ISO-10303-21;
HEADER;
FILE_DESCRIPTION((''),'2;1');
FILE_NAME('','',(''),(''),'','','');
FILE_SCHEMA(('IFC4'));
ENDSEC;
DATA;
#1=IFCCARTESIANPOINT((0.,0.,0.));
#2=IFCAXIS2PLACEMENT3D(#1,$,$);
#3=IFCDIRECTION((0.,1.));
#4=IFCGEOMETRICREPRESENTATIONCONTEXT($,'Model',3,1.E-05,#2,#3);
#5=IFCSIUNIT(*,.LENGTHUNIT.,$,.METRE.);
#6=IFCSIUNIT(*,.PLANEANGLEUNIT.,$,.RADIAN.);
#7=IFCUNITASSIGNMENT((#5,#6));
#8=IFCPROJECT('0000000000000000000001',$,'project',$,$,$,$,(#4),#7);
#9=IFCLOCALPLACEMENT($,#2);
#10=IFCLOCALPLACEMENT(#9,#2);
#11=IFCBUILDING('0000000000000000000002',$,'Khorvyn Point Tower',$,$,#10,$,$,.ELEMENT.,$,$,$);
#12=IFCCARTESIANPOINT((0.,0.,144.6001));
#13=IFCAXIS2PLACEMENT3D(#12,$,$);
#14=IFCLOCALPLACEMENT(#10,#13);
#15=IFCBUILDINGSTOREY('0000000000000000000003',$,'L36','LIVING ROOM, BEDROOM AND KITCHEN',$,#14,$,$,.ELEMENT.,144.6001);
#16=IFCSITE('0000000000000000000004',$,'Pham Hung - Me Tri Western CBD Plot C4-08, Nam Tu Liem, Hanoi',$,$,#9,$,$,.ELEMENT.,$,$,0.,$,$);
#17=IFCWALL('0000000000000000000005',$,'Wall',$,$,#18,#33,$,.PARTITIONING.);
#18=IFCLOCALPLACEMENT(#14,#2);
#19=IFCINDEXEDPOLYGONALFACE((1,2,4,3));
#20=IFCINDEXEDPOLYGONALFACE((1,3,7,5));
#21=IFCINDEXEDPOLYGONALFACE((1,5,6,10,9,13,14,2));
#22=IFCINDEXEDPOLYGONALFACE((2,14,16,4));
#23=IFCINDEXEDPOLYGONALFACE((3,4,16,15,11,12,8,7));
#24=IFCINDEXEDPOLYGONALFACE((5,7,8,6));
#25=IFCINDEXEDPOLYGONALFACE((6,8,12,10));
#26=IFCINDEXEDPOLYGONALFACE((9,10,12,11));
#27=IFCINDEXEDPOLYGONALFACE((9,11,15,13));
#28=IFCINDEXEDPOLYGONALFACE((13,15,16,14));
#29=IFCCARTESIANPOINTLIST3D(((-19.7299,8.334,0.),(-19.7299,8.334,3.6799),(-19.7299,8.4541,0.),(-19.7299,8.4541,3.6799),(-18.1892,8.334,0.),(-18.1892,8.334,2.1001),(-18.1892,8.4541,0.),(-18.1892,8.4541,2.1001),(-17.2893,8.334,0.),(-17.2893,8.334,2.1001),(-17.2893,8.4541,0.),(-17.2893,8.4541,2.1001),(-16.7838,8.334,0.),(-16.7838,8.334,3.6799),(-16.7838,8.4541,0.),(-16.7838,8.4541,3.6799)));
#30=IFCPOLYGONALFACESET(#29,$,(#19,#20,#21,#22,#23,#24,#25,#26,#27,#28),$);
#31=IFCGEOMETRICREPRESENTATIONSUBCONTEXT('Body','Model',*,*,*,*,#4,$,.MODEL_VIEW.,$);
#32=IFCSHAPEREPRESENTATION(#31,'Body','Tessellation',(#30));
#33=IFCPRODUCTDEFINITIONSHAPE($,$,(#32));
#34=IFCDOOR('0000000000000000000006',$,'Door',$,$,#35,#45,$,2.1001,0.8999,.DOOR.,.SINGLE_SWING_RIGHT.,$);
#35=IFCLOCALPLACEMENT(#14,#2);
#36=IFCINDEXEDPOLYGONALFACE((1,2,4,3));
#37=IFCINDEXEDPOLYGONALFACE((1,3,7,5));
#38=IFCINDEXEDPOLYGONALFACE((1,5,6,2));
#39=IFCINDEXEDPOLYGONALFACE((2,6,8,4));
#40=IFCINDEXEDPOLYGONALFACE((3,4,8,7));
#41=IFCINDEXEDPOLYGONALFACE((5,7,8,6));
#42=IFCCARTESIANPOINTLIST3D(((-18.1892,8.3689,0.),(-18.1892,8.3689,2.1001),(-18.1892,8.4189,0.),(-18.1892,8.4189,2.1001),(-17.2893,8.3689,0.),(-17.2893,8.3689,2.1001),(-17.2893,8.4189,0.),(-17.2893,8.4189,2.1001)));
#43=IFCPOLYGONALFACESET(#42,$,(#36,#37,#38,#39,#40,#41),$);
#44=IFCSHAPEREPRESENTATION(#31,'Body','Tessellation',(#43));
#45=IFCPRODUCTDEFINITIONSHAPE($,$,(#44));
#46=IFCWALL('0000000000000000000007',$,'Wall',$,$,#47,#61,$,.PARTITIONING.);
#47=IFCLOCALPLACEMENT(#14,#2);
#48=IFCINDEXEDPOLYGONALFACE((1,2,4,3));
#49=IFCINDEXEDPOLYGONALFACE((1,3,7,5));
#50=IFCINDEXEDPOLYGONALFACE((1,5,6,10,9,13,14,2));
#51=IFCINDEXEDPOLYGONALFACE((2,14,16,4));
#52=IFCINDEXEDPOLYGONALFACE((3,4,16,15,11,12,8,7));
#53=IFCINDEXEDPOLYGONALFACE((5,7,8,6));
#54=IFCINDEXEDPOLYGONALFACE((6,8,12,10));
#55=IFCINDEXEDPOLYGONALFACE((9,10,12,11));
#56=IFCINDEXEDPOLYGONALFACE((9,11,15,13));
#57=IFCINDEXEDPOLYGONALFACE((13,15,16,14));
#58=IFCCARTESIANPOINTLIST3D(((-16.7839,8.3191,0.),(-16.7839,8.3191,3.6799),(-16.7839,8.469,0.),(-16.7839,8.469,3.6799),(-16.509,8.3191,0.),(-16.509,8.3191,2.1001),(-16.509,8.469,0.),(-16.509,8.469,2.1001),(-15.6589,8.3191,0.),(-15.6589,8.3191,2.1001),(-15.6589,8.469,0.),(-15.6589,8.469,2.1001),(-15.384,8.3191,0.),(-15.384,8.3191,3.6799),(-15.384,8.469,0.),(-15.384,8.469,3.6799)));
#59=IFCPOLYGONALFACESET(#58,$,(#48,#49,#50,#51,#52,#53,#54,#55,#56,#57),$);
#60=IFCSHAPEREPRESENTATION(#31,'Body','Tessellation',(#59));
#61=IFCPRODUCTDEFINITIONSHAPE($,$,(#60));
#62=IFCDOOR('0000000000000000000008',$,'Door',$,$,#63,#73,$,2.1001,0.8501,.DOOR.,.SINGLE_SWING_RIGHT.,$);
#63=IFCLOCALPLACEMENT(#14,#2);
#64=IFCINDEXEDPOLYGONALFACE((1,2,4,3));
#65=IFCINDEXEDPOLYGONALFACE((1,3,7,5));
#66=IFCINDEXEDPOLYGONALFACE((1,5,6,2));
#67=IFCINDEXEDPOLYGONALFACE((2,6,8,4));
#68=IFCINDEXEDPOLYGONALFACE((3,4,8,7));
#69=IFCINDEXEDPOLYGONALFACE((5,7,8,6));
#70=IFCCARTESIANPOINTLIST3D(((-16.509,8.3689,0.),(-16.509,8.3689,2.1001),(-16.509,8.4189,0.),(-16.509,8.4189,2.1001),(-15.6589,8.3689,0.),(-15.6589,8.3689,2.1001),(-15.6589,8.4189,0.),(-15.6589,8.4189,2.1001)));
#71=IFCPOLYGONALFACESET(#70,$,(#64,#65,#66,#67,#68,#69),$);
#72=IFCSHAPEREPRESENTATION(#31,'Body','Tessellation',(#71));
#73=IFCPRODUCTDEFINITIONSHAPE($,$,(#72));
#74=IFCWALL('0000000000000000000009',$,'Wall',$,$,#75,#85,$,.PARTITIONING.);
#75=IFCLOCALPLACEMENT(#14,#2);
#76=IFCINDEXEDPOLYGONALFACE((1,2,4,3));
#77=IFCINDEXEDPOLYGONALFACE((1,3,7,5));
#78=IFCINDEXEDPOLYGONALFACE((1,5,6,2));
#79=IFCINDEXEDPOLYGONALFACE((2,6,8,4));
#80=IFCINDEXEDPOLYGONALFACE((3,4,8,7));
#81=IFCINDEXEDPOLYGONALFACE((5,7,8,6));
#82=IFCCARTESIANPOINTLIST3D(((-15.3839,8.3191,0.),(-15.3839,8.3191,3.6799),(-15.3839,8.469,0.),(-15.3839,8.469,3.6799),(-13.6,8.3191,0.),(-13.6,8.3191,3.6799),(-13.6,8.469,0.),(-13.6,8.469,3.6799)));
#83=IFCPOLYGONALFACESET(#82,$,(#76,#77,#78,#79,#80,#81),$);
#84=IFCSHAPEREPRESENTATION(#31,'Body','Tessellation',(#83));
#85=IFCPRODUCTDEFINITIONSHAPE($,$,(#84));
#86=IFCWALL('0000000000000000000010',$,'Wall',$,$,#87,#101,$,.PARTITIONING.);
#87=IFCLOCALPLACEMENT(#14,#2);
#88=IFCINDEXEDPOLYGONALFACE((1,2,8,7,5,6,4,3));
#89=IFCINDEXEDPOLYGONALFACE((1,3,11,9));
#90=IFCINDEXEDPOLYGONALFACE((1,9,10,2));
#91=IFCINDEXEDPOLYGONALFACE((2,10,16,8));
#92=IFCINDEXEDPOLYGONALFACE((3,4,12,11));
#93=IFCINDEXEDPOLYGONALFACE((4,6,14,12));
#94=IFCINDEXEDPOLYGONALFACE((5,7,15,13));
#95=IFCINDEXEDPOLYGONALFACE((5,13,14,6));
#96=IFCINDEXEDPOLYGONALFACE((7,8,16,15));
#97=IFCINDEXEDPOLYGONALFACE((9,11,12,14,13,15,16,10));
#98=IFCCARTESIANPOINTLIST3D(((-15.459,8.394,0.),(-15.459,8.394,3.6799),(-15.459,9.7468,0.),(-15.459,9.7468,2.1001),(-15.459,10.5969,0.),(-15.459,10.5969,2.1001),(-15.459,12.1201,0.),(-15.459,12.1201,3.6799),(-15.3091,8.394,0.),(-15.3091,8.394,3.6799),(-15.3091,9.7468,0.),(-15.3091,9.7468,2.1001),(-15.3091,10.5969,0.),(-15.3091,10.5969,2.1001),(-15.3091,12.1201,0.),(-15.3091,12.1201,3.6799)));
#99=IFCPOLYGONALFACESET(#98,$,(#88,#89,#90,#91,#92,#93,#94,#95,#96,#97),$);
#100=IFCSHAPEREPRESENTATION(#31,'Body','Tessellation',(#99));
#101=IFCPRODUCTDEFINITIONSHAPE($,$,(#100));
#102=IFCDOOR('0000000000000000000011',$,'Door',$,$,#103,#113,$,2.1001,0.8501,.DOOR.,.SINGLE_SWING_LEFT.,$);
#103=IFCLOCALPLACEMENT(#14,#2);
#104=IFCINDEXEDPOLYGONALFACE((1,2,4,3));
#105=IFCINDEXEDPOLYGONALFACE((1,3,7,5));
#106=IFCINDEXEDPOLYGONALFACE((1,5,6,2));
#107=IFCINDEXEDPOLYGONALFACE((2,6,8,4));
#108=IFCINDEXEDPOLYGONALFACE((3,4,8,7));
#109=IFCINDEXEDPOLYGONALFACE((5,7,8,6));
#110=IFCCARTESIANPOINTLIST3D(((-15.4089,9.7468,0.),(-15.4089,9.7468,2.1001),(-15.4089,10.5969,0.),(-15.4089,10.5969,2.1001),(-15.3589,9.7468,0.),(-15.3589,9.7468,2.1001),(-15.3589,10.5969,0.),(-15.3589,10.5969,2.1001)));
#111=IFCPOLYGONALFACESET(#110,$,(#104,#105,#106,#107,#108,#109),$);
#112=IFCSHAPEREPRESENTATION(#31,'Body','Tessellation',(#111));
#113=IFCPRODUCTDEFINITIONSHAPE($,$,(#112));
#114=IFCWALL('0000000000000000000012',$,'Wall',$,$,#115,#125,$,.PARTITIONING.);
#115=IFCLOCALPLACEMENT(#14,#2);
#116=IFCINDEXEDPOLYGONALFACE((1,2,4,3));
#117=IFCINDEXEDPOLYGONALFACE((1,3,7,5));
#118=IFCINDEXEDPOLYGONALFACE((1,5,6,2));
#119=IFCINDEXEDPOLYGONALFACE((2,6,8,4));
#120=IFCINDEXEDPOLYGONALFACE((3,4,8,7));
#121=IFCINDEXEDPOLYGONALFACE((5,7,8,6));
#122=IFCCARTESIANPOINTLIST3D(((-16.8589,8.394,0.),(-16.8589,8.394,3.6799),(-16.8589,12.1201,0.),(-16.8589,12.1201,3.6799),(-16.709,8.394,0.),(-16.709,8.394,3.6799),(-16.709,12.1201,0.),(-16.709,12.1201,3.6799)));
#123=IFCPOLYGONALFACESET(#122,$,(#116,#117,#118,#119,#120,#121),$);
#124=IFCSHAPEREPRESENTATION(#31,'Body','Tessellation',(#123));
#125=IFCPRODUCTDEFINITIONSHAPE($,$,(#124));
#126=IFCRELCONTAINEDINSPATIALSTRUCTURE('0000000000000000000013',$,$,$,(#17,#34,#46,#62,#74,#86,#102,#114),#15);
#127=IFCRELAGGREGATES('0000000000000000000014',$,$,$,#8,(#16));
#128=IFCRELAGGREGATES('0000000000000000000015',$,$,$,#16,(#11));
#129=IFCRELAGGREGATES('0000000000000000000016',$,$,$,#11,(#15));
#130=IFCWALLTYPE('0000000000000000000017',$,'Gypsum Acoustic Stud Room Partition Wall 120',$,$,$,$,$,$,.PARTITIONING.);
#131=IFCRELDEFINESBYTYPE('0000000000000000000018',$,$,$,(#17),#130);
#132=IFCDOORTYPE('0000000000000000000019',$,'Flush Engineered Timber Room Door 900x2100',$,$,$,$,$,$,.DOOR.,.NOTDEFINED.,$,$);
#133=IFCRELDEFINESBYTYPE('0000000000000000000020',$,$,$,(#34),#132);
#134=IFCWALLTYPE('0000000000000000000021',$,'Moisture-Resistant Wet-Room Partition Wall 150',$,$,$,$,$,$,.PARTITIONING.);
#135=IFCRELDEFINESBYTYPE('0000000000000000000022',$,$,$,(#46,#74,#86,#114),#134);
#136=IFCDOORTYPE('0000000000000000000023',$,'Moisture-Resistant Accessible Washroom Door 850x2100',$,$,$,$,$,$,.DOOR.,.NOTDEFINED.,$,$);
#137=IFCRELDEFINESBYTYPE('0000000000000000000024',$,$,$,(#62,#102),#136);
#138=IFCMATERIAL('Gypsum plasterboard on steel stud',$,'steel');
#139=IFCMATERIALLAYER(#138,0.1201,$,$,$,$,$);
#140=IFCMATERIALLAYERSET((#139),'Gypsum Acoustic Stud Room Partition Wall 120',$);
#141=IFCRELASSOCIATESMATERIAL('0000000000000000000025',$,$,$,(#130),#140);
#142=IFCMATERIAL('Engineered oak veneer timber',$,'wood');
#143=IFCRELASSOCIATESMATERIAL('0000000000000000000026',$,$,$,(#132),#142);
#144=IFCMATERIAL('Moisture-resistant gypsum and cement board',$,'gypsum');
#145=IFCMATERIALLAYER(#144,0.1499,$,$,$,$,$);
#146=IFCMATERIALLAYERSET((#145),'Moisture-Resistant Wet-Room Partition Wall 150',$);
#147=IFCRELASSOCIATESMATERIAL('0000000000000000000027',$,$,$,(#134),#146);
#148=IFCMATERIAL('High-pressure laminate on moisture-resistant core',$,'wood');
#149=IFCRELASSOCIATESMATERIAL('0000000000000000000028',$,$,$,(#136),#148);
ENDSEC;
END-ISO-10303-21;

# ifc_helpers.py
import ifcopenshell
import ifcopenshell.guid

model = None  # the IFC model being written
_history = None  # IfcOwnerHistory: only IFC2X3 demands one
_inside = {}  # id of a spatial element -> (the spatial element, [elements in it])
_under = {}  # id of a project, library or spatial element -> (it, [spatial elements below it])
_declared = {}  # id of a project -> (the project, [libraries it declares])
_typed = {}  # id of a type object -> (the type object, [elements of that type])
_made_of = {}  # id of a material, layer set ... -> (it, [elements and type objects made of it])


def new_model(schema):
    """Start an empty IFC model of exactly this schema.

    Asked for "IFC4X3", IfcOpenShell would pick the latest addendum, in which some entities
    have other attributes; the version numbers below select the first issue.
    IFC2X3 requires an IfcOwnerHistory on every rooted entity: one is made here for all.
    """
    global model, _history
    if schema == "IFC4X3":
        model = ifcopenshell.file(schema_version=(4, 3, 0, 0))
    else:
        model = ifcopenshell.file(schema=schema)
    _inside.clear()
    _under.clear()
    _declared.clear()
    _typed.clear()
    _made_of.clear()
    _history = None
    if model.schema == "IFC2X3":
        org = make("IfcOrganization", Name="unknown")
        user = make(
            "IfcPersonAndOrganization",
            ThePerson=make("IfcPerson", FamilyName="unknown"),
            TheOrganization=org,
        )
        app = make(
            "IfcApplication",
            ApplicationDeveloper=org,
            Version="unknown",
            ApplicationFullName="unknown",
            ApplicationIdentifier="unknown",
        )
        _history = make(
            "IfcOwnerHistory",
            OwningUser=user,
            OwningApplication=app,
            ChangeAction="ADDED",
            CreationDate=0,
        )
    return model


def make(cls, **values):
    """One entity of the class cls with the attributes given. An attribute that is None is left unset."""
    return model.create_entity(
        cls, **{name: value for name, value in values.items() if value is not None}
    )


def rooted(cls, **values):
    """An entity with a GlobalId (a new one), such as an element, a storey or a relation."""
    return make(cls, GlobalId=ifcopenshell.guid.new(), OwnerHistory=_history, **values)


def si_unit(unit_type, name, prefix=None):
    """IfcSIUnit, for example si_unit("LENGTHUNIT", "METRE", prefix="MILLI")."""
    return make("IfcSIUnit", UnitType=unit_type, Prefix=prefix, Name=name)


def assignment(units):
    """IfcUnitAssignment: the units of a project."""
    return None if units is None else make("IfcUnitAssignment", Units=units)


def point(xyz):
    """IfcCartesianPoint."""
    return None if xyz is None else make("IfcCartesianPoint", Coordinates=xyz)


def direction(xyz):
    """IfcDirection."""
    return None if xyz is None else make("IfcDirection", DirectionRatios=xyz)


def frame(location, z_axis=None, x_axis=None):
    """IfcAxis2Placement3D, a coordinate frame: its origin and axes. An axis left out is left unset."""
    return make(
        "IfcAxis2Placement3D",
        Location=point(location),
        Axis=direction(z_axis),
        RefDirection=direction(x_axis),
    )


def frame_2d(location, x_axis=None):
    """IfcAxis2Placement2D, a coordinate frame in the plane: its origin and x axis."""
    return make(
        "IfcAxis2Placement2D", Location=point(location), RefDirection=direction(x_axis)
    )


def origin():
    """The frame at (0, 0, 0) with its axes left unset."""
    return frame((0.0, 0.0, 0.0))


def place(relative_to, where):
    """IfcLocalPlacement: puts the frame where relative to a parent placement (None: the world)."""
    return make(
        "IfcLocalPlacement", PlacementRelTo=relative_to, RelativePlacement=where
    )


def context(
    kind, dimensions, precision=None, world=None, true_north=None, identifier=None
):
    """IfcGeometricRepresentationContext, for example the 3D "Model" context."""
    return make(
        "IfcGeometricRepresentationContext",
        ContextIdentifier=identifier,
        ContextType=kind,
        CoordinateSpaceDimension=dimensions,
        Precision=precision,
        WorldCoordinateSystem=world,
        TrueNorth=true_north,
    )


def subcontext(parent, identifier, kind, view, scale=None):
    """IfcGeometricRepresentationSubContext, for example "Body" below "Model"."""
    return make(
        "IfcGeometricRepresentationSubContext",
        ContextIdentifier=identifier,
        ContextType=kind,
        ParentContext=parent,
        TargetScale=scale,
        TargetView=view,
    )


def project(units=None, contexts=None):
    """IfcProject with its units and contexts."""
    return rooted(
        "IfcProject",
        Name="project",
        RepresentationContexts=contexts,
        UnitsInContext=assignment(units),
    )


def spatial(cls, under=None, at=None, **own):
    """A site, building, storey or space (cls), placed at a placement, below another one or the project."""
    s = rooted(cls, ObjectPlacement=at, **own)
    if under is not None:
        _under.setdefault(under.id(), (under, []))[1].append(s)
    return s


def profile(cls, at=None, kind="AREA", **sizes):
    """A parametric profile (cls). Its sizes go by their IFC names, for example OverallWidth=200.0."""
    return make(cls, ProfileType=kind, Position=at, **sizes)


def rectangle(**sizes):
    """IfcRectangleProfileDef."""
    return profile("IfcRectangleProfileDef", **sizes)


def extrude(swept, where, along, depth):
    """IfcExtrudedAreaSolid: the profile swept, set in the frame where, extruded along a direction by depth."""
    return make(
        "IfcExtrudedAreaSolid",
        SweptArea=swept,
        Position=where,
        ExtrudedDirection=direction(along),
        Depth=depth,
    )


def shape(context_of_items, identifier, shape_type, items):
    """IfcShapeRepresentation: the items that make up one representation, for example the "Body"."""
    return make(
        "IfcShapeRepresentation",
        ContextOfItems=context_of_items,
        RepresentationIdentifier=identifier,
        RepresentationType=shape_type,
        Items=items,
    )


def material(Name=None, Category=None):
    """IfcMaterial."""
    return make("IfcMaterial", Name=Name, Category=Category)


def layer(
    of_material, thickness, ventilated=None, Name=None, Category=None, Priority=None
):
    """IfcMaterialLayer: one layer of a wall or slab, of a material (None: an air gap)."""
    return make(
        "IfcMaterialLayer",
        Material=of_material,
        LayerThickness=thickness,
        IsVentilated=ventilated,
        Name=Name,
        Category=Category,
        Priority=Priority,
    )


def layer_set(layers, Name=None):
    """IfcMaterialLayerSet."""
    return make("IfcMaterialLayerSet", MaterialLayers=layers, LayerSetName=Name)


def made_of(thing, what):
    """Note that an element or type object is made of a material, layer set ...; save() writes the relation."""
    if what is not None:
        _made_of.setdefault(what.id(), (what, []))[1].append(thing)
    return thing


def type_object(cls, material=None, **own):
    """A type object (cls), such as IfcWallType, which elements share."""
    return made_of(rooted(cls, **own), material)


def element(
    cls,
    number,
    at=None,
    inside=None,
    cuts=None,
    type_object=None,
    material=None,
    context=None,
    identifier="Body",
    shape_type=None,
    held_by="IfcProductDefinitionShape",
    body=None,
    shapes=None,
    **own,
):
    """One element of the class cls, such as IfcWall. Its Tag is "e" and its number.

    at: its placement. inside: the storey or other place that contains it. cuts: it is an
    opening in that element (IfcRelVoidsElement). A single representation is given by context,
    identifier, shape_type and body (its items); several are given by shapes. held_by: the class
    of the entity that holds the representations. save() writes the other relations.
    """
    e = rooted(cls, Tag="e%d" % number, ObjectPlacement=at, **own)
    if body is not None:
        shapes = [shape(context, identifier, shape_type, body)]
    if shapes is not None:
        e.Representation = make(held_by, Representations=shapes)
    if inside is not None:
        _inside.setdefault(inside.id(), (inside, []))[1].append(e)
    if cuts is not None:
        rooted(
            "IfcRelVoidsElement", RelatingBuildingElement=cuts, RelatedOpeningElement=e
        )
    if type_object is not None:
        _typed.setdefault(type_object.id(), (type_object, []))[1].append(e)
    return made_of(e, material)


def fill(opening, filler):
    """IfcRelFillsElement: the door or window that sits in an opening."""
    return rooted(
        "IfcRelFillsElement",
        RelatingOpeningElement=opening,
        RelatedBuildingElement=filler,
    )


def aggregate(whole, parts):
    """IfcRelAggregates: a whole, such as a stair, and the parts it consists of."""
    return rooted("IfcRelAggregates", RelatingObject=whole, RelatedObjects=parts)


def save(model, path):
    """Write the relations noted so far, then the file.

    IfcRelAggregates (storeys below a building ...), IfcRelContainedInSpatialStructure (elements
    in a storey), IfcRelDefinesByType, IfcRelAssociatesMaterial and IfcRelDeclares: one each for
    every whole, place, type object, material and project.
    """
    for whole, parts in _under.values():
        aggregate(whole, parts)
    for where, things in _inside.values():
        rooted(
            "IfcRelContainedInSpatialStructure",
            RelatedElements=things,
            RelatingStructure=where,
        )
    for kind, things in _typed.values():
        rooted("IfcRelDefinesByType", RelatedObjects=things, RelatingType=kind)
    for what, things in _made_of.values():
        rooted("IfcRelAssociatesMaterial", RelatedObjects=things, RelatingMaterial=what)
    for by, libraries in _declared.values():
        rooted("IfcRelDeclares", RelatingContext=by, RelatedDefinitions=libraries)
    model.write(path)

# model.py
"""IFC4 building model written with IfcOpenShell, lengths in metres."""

from ifc_helpers import new_model, si_unit, direction, frame, frame_2d, origin, place, context, subcontext, project, spatial, rectangle, extrude, material, layer, layer_set, type_object, element, fill, save


model = new_model("IFC4")

# Units and contexts
model_context = context("Model", 3, precision=1e-05, world=origin(), true_north=direction((0.0, 1.0)))
body_context = subcontext(model_context, "Body", "Model", "MODEL_VIEW")
ifc_project = project(units=[si_unit("LENGTHUNIT", "METRE"), si_unit("PLANEANGLEUNIT", "RADIAN")], contexts=[model_context])

# Site, building, storey
site_placement = place(None, origin())
site = spatial("IfcSite", under=ifc_project, at=site_placement, Name="Pham Hung - Me Tri Western CBD Plot C4-08, Nam Tu Liem, Hanoi", CompositionType="ELEMENT", RefElevation=0.0)
building_placement = place(site_placement, origin())
building = spatial("IfcBuilding", under=site, at=building_placement, Name="Khorvyn Point Tower", CompositionType="ELEMENT")
storey_placement = place(building_placement, frame((0.0, 0.0, 144.6001)))
storey = spatial("IfcBuildingStorey", under=building, at=storey_placement, Name="L36", Description="LIVING ROOM, BEDROOM AND KITCHEN", CompositionType="ELEMENT", Elevation=144.6001)

# Walls, openings, doors
ifc_material_1 = material(Name="Gypsum plasterboard on steel stud", Category="steel")
ifc_layer_1 = layer(ifc_material_1, 0.1201)
ifc_layer_set_1 = layer_set([ifc_layer_1], Name="Gypsum Acoustic Stud Room Partition Wall 120")
wall_type_1 = type_object("IfcWallType", Name="Gypsum Acoustic Stud Room Partition Wall 120", PredefinedType="PARTITIONING", material=ifc_layer_set_1)
wall_1_placement = place(storey_placement, frame((-19.73, 8.394, 0.0), z_axis=(0.0, 0.0, 1.0), x_axis=(1.0, 0.0, 0.0)))
wall_1 = element("IfcWall", 1, at=wall_1_placement, inside=storey, type_object=wall_type_1, Name="Wall", PredefinedType="PARTITIONING", context=body_context, shape_type="SweptSolid", body=[
    extrude(rectangle(XDim=2.946, YDim=0.1201, at=frame_2d((1.4731, 0.0))), origin(), (0.0, 0.0, 1.0), 3.6799),
])
opening_1_placement = place(wall_1_placement, frame((1.5408, 0.0, 0.0)))
opening_1 = element("IfcOpeningElement", 2, at=opening_1_placement, cuts=wall_1, PredefinedType="OPENING", context=body_context, shape_type="SweptSolid", body=[
    extrude(rectangle(XDim=0.8999, YDim=2.1001, at=frame_2d((0.45, 1.05))), frame((0.0, 0.0701, 0.0), z_axis=(0.0, -1.0, 0.0), x_axis=(1.0, 0.0, 0.0)), (0.0, 0.0, 1.0), 0.1401),
])
ifc_material_2 = material(Name="Engineered oak veneer timber", Category="wood")
door_type_1 = type_object("IfcDoorType", Name="Flush Engineered Timber Room Door 900x2100", OperationType="NOTDEFINED", PredefinedType="DOOR", material=ifc_material_2)
door_1_placement = place(opening_1_placement, origin())
door_1 = element("IfcDoor", 3, at=door_1_placement, inside=storey, type_object=door_type_1, Name="Door", OperationType="SINGLE_SWING_RIGHT", OverallHeight=2.1001, OverallWidth=0.8999, PredefinedType="DOOR", context=body_context, shape_type="SweptSolid", body=[
    extrude(rectangle(XDim=0.8999, YDim=2.1001, at=frame_2d((0.45, 1.05))), frame((0.0, 0.0249, 0.0), z_axis=(0.0, -1.0, 0.0), x_axis=(1.0, 0.0, 0.0)), (0.0, 0.0, 1.0), 0.05),
])
fill(opening_1, door_1)
ifc_material_3 = material(Name="Moisture-resistant gypsum and cement board", Category="gypsum")
ifc_layer_2 = layer(ifc_material_3, 0.1499)
ifc_layer_set_2 = layer_set([ifc_layer_2], Name="Moisture-Resistant Wet-Room Partition Wall 150")
wall_type_2 = type_object("IfcWallType", Name="Moisture-Resistant Wet-Room Partition Wall 150", PredefinedType="PARTITIONING", material=ifc_layer_set_2)
wall_2_placement = place(storey_placement, frame((-16.7839, 8.394, 0.0), z_axis=(0.0, 0.0, 1.0), x_axis=(1.0, 0.0, 0.0)))
wall_2 = element("IfcWall", 4, at=wall_2_placement, inside=storey, type_object=wall_type_2, Name="Wall", PredefinedType="PARTITIONING", context=body_context, shape_type="SweptSolid", body=[
    extrude(rectangle(XDim=1.3999, YDim=0.1499, at=frame_2d((0.7, 0.0))), origin(), (0.0, 0.0, 1.0), 3.6799),
])
opening_2_placement = place(wall_2_placement, frame((0.2749, 0.0, 0.0)))
opening_2 = element("IfcOpeningElement", 5, at=opening_2_placement, cuts=wall_2, PredefinedType="OPENING", context=body_context, shape_type="SweptSolid", body=[
    extrude(rectangle(XDim=0.8501, YDim=2.1001, at=frame_2d((0.425, 1.05))), frame((0.0, 0.085, 0.0), z_axis=(0.0, -1.0, 0.0), x_axis=(1.0, 0.0, 0.0)), (0.0, 0.0, 1.0), 0.1699),
])
ifc_material_4 = material(Name="High-pressure laminate on moisture-resistant core", Category="wood")
door_type_2 = type_object("IfcDoorType", Name="Moisture-Resistant Accessible Washroom Door 850x2100", OperationType="NOTDEFINED", PredefinedType="DOOR", material=ifc_material_4)
door_2_placement = place(opening_2_placement, origin())
door_2 = element("IfcDoor", 6, at=door_2_placement, inside=storey, type_object=door_type_2, Name="Door", OperationType="SINGLE_SWING_RIGHT", OverallHeight=2.1001, OverallWidth=0.8501, PredefinedType="DOOR", context=body_context, shape_type="SweptSolid", body=[
    extrude(rectangle(XDim=0.8501, YDim=2.1001, at=frame_2d((0.425, 1.05))), frame((0.0, 0.0249, 0.0), z_axis=(0.0, -1.0, 0.0), x_axis=(1.0, 0.0, 0.0)), (0.0, 0.0, 1.0), 0.05),
])
fill(opening_2, door_2)

# Wall
wall_3_placement = place(storey_placement, frame((-15.384, 8.394, 0.0), z_axis=(0.0, 0.0, 1.0), x_axis=(1.0, 0.0, 0.0)))
element("IfcWall", 7, at=wall_3_placement, inside=storey, type_object=wall_type_2, Name="Wall", PredefinedType="PARTITIONING", context=body_context, shape_type="SweptSolid", body=[
    extrude(rectangle(XDim=1.7839, YDim=0.1499, at=frame_2d((0.8921, 0.0))), origin(), (0.0, 0.0, 1.0), 3.6799),
])

# Wall, opening, door
wall_4_placement = place(storey_placement, frame((-15.384, 8.394, 0.0), z_axis=(0.0, 0.0, 1.0), x_axis=(0.0, 1.0, 0.0)))
wall_4 = element("IfcWall", 8, at=wall_4_placement, inside=storey, type_object=wall_type_2, Name="Wall", PredefinedType="PARTITIONING", context=body_context, shape_type="SweptSolid", body=[
    extrude(rectangle(XDim=3.7261, YDim=0.1499, at=frame_2d((1.863, 0.0))), origin(), (0.0, 0.0, 1.0), 3.6799),
])
opening_3_placement = place(wall_4_placement, frame((1.3528, 0.0, 0.0)))
opening_3 = element("IfcOpeningElement", 9, at=opening_3_placement, cuts=wall_4, PredefinedType="OPENING", context=body_context, shape_type="SweptSolid", body=[
    extrude(rectangle(XDim=0.8501, YDim=2.1001, at=frame_2d((0.425, 1.05))), frame((0.0, 0.085, 0.0), z_axis=(0.0, -1.0, 0.0), x_axis=(1.0, 0.0, 0.0)), (0.0, 0.0, 1.0), 0.1699),
])
door_3_placement = place(opening_3_placement, origin())
door_3 = element("IfcDoor", 10, at=door_3_placement, inside=storey, type_object=door_type_2, Name="Door", OperationType="SINGLE_SWING_LEFT", OverallHeight=2.1001, OverallWidth=0.8501, PredefinedType="DOOR", context=body_context, shape_type="SweptSolid", body=[
    extrude(rectangle(XDim=0.8501, YDim=2.1001, at=frame_2d((0.425, 1.05))), frame((0.0, 0.0249, 0.0), z_axis=(0.0, -1.0, 0.0), x_axis=(1.0, 0.0, 0.0)), (0.0, 0.0, 1.0), 0.05),
])
fill(opening_3, door_3)

# Wall
wall_5_placement = place(storey_placement, frame((-16.7839, 8.394, 0.0), z_axis=(0.0, 0.0, 1.0), x_axis=(0.0, 1.0, 0.0)))
element("IfcWall", 11, at=wall_5_placement, inside=storey, type_object=wall_type_2, Name="Wall", PredefinedType="PARTITIONING", context=body_context, shape_type="SweptSolid", body=[
    extrude(rectangle(XDim=3.7261, YDim=0.1499, at=frame_2d((1.863, 0.0))), origin(), (0.0, 0.0, 1.0), 3.6799),
])

save(model, "model.ifc")
